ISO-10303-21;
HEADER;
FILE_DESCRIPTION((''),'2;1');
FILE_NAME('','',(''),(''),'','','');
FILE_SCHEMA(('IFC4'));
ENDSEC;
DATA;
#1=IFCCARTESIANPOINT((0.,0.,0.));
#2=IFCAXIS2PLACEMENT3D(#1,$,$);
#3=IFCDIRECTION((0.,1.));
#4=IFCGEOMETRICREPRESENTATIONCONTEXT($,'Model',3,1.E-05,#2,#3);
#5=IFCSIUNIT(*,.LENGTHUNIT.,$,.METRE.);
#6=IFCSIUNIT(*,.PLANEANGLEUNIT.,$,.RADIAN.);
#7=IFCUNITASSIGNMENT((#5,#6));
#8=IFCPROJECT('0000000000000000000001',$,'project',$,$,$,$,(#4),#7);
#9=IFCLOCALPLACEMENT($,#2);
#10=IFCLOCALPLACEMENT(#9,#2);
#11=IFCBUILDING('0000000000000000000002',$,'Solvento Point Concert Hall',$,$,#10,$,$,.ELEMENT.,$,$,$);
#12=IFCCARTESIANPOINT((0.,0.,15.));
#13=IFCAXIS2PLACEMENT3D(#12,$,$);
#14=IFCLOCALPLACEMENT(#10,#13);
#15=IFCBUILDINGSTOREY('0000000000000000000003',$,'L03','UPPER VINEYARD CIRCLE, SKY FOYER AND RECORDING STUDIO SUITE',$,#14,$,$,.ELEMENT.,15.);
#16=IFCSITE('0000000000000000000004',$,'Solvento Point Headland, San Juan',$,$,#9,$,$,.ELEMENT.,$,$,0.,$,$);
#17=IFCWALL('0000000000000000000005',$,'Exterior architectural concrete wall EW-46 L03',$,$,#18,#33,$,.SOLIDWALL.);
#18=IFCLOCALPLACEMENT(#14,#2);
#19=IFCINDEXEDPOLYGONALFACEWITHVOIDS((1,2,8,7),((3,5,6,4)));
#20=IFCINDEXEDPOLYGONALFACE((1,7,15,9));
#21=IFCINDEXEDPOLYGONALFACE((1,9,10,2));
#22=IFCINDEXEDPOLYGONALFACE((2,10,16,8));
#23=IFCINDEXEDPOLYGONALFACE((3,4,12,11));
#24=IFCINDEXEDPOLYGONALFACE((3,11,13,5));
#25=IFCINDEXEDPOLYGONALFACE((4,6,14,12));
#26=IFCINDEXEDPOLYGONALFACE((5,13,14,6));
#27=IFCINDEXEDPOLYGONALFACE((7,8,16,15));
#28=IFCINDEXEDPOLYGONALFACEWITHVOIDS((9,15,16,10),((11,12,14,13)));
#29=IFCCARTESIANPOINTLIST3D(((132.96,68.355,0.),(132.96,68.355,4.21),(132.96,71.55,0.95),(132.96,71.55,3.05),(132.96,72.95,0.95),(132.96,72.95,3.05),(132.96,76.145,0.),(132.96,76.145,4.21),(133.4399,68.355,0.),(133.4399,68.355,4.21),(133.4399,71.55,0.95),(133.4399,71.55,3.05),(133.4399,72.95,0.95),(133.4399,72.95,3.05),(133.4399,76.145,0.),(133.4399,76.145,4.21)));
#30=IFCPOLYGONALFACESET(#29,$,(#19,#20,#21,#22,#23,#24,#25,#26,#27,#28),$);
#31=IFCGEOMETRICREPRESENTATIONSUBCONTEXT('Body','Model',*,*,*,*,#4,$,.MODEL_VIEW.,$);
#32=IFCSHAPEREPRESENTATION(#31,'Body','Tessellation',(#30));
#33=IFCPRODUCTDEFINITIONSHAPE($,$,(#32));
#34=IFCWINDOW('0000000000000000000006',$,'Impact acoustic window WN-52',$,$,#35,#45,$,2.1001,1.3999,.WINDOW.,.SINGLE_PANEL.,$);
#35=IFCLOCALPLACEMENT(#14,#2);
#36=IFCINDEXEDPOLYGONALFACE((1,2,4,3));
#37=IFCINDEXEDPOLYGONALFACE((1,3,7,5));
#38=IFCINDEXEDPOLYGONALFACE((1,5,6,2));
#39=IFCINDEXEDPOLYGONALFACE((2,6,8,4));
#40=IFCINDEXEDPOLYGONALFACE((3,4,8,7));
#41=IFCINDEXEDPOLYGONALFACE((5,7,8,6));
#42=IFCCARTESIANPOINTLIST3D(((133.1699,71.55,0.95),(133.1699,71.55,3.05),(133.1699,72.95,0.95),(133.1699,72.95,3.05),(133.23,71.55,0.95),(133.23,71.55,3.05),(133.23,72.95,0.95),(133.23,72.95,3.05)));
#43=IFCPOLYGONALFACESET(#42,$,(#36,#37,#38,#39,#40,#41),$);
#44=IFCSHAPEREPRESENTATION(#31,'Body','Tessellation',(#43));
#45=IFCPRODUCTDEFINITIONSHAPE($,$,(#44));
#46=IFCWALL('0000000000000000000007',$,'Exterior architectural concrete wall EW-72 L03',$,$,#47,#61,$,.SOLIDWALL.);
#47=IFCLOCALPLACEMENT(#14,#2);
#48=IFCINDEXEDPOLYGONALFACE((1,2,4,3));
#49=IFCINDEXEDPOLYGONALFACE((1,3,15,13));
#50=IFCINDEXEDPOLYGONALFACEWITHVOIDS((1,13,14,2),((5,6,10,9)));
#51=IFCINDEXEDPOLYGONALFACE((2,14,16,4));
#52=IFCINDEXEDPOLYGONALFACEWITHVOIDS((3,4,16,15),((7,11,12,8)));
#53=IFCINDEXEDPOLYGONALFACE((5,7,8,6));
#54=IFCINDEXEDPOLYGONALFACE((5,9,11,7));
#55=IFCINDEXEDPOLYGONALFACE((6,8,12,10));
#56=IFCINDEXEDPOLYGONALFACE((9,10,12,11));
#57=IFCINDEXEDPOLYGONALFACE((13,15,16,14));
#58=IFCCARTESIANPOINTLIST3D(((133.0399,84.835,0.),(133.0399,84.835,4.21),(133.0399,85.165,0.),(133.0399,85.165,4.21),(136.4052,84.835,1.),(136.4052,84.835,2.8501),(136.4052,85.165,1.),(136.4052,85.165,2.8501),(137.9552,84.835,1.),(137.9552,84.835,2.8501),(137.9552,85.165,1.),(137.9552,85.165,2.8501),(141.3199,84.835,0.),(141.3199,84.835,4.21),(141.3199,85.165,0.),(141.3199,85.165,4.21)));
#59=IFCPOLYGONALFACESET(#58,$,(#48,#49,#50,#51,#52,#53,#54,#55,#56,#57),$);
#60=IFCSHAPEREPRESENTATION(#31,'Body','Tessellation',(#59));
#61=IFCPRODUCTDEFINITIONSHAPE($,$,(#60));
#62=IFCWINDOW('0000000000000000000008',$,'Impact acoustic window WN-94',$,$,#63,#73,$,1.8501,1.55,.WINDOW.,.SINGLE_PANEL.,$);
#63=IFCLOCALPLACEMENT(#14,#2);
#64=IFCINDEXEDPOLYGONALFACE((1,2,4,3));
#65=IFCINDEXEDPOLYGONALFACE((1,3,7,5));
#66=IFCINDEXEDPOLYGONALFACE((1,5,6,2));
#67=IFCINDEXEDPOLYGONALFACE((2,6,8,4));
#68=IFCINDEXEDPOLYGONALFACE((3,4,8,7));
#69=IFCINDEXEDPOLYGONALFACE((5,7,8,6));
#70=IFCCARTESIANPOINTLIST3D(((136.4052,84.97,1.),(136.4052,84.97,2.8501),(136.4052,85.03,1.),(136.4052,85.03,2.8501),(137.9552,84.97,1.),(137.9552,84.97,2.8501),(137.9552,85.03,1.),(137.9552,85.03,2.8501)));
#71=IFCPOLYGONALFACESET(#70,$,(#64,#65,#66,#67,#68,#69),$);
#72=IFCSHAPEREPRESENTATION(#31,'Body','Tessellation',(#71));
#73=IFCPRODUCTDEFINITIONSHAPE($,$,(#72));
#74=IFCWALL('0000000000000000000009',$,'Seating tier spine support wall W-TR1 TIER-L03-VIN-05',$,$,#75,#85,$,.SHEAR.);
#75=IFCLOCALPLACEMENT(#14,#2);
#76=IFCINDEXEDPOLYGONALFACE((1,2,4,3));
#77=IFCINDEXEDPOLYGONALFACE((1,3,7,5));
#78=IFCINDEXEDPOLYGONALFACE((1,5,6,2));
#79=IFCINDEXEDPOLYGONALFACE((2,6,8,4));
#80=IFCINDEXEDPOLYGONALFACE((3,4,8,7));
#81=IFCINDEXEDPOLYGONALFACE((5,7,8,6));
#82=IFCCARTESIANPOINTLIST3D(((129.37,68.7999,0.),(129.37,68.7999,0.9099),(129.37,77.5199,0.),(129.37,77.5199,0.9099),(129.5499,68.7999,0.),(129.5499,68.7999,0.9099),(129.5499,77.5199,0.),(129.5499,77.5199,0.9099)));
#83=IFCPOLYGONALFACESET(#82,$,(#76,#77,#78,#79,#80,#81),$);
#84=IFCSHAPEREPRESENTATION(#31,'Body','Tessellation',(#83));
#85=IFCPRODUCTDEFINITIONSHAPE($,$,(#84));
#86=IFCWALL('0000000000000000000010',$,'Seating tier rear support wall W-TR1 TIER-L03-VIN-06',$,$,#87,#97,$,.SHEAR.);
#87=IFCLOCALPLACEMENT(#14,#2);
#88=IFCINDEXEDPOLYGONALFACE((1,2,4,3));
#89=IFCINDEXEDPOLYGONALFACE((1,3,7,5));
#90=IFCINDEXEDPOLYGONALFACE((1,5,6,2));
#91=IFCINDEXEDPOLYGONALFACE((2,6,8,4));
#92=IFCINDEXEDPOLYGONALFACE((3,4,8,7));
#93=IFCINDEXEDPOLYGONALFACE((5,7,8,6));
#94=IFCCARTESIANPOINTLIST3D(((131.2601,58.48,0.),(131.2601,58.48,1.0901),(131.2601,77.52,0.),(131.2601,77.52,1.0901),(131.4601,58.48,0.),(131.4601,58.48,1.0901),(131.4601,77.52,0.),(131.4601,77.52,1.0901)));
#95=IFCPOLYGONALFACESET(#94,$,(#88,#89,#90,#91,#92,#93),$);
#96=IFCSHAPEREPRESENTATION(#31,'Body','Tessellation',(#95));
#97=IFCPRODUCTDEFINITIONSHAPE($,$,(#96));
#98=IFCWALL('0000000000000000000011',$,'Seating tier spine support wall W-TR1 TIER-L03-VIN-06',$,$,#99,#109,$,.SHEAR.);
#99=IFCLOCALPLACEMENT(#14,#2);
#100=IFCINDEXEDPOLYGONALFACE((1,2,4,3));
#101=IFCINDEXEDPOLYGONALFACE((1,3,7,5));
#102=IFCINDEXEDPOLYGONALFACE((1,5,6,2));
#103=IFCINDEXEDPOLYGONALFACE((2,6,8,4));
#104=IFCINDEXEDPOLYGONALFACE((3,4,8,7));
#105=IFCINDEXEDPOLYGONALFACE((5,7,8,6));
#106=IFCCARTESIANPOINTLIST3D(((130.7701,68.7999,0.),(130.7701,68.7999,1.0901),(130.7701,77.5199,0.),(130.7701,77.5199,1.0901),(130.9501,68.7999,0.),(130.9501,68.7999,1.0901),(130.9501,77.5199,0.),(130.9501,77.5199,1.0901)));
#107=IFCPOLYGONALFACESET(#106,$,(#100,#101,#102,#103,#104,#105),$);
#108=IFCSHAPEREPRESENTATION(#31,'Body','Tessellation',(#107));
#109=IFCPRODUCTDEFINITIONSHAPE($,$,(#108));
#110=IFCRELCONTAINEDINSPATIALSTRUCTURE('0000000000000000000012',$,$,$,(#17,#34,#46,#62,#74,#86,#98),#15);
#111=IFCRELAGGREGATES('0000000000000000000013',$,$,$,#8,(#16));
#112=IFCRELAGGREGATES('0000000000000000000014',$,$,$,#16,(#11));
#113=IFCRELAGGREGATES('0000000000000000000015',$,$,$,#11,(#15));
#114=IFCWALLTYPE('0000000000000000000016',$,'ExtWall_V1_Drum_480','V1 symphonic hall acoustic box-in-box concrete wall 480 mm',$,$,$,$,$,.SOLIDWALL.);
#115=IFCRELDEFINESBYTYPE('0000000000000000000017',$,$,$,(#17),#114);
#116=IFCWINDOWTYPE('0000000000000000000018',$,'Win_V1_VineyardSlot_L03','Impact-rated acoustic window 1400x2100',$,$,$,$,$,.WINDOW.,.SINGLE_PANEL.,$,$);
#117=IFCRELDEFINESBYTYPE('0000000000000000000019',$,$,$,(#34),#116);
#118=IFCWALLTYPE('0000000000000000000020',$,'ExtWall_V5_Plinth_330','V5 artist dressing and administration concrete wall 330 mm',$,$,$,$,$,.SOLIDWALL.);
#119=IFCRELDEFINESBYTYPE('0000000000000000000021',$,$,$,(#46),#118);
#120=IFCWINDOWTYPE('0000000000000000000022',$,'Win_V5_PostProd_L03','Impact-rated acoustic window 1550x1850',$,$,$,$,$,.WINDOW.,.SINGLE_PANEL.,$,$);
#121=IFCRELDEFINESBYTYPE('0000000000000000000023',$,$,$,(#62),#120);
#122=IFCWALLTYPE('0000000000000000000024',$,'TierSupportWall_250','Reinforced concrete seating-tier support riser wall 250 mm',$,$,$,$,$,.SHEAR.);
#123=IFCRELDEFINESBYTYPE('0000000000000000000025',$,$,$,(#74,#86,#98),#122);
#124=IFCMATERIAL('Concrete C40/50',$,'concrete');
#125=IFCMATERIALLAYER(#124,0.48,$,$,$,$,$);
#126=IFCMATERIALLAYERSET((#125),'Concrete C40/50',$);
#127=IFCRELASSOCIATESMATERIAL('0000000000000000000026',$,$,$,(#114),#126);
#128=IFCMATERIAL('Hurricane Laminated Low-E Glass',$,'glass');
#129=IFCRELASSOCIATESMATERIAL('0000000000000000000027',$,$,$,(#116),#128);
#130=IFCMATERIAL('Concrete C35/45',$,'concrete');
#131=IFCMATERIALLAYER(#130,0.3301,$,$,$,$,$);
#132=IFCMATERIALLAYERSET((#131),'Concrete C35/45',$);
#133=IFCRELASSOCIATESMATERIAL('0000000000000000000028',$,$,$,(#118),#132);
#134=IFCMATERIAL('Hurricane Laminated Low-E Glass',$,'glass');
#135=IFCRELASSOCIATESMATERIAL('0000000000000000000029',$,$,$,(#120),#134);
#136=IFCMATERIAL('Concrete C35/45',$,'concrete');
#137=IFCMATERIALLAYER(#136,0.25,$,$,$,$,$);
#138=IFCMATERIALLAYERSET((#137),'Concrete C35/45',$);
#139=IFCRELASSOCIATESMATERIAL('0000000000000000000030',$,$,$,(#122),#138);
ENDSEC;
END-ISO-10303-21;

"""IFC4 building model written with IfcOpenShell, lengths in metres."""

from ifc_helpers import new_model, si_unit, direction, frame, frame_2d, origin, place, context, subcontext, project, spatial, rectangle, extrude, material, layer, layer_set, type_object, element, fill, save


model = new_model("IFC4")

# Units and contexts
model_context = context("Model", 3, precision=1e-05, world=origin(), true_north=direction((0.0, 1.0)))
body_context = subcontext(model_context, "Body", "Model", "MODEL_VIEW")
ifc_project = project(units=[si_unit("LENGTHUNIT", "METRE"), si_unit("PLANEANGLEUNIT", "RADIAN")], contexts=[model_context])

# Site, building, storey
site_placement = place(None, origin())
site = spatial("IfcSite", under=ifc_project, at=site_placement, Name="Solvento Point Headland, San Juan", CompositionType="ELEMENT", RefElevation=0.0)
building_placement = place(site_placement, origin())
building = spatial("IfcBuilding", under=site, at=building_placement, Name="Solvento Point Concert Hall", CompositionType="ELEMENT")
storey_placement = place(building_placement, frame((0.0, 0.0, 15.0)))
storey = spatial("IfcBuildingStorey", under=building, at=storey_placement, Name="L03", Description="UPPER VINEYARD CIRCLE, SKY FOYER AND RECORDING STUDIO SUITE", CompositionType="ELEMENT", Elevation=15.0)

# Walls, openings, windows
ifc_material_1 = material(Name="Concrete C40/50", Category="concrete")
ifc_layer_1 = layer(ifc_material_1, 0.48)
ifc_layer_set_1 = layer_set([ifc_layer_1], Name="Concrete C40/50")
wall_type_1 = type_object("IfcWallType", Name="ExtWall_V1_Drum_480", Description="V1 symphonic hall acoustic box-in-box concrete wall 480 mm", PredefinedType="SOLIDWALL", material=ifc_layer_set_1)
ifc_material_2 = material(Name="Hurricane Laminated Low-E Glass", Category="glass")
window_type_1 = type_object("IfcWindowType", Name="Win_V1_VineyardSlot_L03", Description="Impact-rated acoustic window 1400x2100", PartitioningType="SINGLE_PANEL", PredefinedType="WINDOW", material=ifc_material_2)
wall_1_placement = place(storey_placement, frame((133.2, 76.145, 0.0), z_axis=(0.0, 0.0, 1.0), x_axis=(0.0, -1.0, 0.0)))
wall_1 = element("IfcWall", 1, at=wall_1_placement, inside=storey, type_object=wall_type_1, Name="Exterior architectural concrete wall EW-46 L03", PredefinedType="SOLIDWALL", context=body_context, shape_type="SweptSolid", body=[
    extrude(rectangle(XDim=7.79, YDim=0.48, at=frame_2d((3.895, 0.0))), origin(), (0.0, 0.0, 1.0), 4.21),
])
opening_1_placement = place(wall_1_placement, frame((3.1951, 0.0, 0.95)))
opening_1 = element("IfcOpeningElement", 2, at=opening_1_placement, cuts=wall_1, PredefinedType="OPENING", context=body_context, shape_type="SweptSolid", body=[
    extrude(rectangle(XDim=1.3999, YDim=2.1001, at=frame_2d((0.7, 1.05))), frame((0.0, 0.25, 0.0), z_axis=(0.0, -1.0, 0.0), x_axis=(1.0, 0.0, 0.0)), (0.0, 0.0, 1.0), 0.5),
])
window_1_placement = place(opening_1_placement, origin())
window_1 = element("IfcWindow", 3, at=window_1_placement, inside=storey, type_object=window_type_1, Name="Impact acoustic window WN-52", OverallHeight=2.1001, OverallWidth=1.3999, PartitioningType="SINGLE_PANEL", PredefinedType="WINDOW", context=body_context, shape_type="SweptSolid", body=[
    extrude(rectangle(XDim=1.3999, YDim=2.1001, at=frame_2d((0.7, 1.05))), frame((0.0, 0.03, 0.0), z_axis=(0.0, -1.0, 0.0), x_axis=(1.0, 0.0, 0.0)), (0.0, 0.0, 1.0), 0.0601),
])
fill(opening_1, window_1)
ifc_material_3 = material(Name="Concrete C35/45", Category="concrete")
ifc_layer_2 = layer(ifc_material_3, 0.3301)
ifc_layer_set_2 = layer_set([ifc_layer_2], Name="Concrete C35/45")
wall_type_2 = type_object("IfcWallType", Name="ExtWall_V5_Plinth_330", Description="V5 artist dressing and administration concrete wall 330 mm", PredefinedType="SOLIDWALL", material=ifc_layer_set_2)
wall_2_placement = place(storey_placement, frame((141.3201, 85.0, 0.0), z_axis=(0.0, 0.0, 1.0), x_axis=(-1.0, 0.0, 0.0)))
wall_2 = element("IfcWall", 4, at=wall_2_placement, inside=storey, type_object=wall_type_2, Name="Exterior architectural concrete wall EW-72 L03", PredefinedType="SOLIDWALL", context=body_context, shape_type="SweptSolid", body=[
    extrude(rectangle(XDim=8.28, YDim=0.3301, at=frame_2d((4.1401, 0.0))), origin(), (0.0, 0.0, 1.0), 4.21),
])
opening_2_placement = place(wall_2_placement, frame((3.365, 0.0, 1.0)))
opening_2 = element("IfcOpeningElement", 5, at=opening_2_placement, cuts=wall_2, PredefinedType="OPENING", context=body_context, shape_type="SweptSolid", body=[
    extrude(rectangle(XDim=1.55, YDim=1.8501, at=frame_2d((0.7749, 0.925))), frame((0.0, 0.175, 0.0), z_axis=(0.0, -1.0, 0.0), x_axis=(1.0, 0.0, 0.0)), (0.0, 0.0, 1.0), 0.3501),
])
ifc_material_4 = material(Name="Hurricane Laminated Low-E Glass", Category="glass")
window_type_2 = type_object("IfcWindowType", Name="Win_V5_PostProd_L03", Description="Impact-rated acoustic window 1550x1850", PartitioningType="SINGLE_PANEL", PredefinedType="WINDOW", material=ifc_material_4)
window_2_placement = place(opening_2_placement, origin())
window_2 = element("IfcWindow", 6, at=window_2_placement, inside=storey, type_object=window_type_2, Name="Impact acoustic window WN-94", OverallHeight=1.8501, OverallWidth=1.55, PartitioningType="SINGLE_PANEL", PredefinedType="WINDOW", context=body_context, shape_type="SweptSolid", body=[
    extrude(rectangle(XDim=1.55, YDim=1.8501, at=frame_2d((0.7749, 0.925))), frame((0.0, 0.03, 0.0), z_axis=(0.0, -1.0, 0.0), x_axis=(1.0, 0.0, 0.0)), (0.0, 0.0, 1.0), 0.0601),
])
fill(opening_2, window_2)

# Walls
ifc_material_5 = material(Name="Concrete C35/45", Category="concrete")
ifc_layer_3 = layer(ifc_material_5, 0.25)
ifc_layer_set_3 = layer_set([ifc_layer_3], Name="Concrete C35/45")
wall_type_3 = type_object("IfcWallType", Name="TierSupportWall_250", Description="Reinforced concrete seating-tier support riser wall 250 mm", PredefinedType="SHEAR", material=ifc_layer_set_3)
wall_3_placement = place(storey_placement, frame((129.46, 68.8, 0.0), z_axis=(0.0, 0.0, 1.0), x_axis=(0.0, 1.0, 0.0)))
element("IfcWall", 7, at=wall_3_placement, inside=storey, type_object=wall_type_3, Name="Seating tier spine support wall W-TR1 TIER-L03-VIN-05", PredefinedType="SHEAR", context=body_context, shape_type="SweptSolid", body=[
    extrude(rectangle(XDim=8.72, YDim=0.1799, at=frame_2d((4.3599, 0.0))), origin(), (0.0, 0.0, 1.0), 0.9099),
])
wall_4_placement = place(storey_placement, frame((131.3601, 58.48, 0.0), z_axis=(0.0, 0.0, 1.0), x_axis=(0.0, 1.0, 0.0)))
element("IfcWall", 8, at=wall_4_placement, inside=storey, type_object=wall_type_3, Name="Seating tier rear support wall W-TR1 TIER-L03-VIN-06", PredefinedType="SHEAR", context=body_context, shape_type="SweptSolid", body=[
    extrude(rectangle(XDim=19.04, YDim=0.2, at=frame_2d((9.52, 0.0))), origin(), (0.0, 0.0, 1.0), 1.0901),
])
wall_5_placement = place(storey_placement, frame((130.8601, 68.8, 0.0), z_axis=(0.0, 0.0, 1.0), x_axis=(0.0, 1.0, 0.0)))
element("IfcWall", 9, at=wall_5_placement, inside=storey, type_object=wall_type_3, Name="Seating tier spine support wall W-TR1 TIER-L03-VIN-06", PredefinedType="SHEAR", context=body_context, shape_type="SweptSolid", body=[
    extrude(rectangle(XDim=8.72, YDim=0.1799, at=frame_2d((4.3599, 0.0))), origin(), (0.0, 0.0, 1.0), 1.0901),
])

save(model, "model.ifc")
